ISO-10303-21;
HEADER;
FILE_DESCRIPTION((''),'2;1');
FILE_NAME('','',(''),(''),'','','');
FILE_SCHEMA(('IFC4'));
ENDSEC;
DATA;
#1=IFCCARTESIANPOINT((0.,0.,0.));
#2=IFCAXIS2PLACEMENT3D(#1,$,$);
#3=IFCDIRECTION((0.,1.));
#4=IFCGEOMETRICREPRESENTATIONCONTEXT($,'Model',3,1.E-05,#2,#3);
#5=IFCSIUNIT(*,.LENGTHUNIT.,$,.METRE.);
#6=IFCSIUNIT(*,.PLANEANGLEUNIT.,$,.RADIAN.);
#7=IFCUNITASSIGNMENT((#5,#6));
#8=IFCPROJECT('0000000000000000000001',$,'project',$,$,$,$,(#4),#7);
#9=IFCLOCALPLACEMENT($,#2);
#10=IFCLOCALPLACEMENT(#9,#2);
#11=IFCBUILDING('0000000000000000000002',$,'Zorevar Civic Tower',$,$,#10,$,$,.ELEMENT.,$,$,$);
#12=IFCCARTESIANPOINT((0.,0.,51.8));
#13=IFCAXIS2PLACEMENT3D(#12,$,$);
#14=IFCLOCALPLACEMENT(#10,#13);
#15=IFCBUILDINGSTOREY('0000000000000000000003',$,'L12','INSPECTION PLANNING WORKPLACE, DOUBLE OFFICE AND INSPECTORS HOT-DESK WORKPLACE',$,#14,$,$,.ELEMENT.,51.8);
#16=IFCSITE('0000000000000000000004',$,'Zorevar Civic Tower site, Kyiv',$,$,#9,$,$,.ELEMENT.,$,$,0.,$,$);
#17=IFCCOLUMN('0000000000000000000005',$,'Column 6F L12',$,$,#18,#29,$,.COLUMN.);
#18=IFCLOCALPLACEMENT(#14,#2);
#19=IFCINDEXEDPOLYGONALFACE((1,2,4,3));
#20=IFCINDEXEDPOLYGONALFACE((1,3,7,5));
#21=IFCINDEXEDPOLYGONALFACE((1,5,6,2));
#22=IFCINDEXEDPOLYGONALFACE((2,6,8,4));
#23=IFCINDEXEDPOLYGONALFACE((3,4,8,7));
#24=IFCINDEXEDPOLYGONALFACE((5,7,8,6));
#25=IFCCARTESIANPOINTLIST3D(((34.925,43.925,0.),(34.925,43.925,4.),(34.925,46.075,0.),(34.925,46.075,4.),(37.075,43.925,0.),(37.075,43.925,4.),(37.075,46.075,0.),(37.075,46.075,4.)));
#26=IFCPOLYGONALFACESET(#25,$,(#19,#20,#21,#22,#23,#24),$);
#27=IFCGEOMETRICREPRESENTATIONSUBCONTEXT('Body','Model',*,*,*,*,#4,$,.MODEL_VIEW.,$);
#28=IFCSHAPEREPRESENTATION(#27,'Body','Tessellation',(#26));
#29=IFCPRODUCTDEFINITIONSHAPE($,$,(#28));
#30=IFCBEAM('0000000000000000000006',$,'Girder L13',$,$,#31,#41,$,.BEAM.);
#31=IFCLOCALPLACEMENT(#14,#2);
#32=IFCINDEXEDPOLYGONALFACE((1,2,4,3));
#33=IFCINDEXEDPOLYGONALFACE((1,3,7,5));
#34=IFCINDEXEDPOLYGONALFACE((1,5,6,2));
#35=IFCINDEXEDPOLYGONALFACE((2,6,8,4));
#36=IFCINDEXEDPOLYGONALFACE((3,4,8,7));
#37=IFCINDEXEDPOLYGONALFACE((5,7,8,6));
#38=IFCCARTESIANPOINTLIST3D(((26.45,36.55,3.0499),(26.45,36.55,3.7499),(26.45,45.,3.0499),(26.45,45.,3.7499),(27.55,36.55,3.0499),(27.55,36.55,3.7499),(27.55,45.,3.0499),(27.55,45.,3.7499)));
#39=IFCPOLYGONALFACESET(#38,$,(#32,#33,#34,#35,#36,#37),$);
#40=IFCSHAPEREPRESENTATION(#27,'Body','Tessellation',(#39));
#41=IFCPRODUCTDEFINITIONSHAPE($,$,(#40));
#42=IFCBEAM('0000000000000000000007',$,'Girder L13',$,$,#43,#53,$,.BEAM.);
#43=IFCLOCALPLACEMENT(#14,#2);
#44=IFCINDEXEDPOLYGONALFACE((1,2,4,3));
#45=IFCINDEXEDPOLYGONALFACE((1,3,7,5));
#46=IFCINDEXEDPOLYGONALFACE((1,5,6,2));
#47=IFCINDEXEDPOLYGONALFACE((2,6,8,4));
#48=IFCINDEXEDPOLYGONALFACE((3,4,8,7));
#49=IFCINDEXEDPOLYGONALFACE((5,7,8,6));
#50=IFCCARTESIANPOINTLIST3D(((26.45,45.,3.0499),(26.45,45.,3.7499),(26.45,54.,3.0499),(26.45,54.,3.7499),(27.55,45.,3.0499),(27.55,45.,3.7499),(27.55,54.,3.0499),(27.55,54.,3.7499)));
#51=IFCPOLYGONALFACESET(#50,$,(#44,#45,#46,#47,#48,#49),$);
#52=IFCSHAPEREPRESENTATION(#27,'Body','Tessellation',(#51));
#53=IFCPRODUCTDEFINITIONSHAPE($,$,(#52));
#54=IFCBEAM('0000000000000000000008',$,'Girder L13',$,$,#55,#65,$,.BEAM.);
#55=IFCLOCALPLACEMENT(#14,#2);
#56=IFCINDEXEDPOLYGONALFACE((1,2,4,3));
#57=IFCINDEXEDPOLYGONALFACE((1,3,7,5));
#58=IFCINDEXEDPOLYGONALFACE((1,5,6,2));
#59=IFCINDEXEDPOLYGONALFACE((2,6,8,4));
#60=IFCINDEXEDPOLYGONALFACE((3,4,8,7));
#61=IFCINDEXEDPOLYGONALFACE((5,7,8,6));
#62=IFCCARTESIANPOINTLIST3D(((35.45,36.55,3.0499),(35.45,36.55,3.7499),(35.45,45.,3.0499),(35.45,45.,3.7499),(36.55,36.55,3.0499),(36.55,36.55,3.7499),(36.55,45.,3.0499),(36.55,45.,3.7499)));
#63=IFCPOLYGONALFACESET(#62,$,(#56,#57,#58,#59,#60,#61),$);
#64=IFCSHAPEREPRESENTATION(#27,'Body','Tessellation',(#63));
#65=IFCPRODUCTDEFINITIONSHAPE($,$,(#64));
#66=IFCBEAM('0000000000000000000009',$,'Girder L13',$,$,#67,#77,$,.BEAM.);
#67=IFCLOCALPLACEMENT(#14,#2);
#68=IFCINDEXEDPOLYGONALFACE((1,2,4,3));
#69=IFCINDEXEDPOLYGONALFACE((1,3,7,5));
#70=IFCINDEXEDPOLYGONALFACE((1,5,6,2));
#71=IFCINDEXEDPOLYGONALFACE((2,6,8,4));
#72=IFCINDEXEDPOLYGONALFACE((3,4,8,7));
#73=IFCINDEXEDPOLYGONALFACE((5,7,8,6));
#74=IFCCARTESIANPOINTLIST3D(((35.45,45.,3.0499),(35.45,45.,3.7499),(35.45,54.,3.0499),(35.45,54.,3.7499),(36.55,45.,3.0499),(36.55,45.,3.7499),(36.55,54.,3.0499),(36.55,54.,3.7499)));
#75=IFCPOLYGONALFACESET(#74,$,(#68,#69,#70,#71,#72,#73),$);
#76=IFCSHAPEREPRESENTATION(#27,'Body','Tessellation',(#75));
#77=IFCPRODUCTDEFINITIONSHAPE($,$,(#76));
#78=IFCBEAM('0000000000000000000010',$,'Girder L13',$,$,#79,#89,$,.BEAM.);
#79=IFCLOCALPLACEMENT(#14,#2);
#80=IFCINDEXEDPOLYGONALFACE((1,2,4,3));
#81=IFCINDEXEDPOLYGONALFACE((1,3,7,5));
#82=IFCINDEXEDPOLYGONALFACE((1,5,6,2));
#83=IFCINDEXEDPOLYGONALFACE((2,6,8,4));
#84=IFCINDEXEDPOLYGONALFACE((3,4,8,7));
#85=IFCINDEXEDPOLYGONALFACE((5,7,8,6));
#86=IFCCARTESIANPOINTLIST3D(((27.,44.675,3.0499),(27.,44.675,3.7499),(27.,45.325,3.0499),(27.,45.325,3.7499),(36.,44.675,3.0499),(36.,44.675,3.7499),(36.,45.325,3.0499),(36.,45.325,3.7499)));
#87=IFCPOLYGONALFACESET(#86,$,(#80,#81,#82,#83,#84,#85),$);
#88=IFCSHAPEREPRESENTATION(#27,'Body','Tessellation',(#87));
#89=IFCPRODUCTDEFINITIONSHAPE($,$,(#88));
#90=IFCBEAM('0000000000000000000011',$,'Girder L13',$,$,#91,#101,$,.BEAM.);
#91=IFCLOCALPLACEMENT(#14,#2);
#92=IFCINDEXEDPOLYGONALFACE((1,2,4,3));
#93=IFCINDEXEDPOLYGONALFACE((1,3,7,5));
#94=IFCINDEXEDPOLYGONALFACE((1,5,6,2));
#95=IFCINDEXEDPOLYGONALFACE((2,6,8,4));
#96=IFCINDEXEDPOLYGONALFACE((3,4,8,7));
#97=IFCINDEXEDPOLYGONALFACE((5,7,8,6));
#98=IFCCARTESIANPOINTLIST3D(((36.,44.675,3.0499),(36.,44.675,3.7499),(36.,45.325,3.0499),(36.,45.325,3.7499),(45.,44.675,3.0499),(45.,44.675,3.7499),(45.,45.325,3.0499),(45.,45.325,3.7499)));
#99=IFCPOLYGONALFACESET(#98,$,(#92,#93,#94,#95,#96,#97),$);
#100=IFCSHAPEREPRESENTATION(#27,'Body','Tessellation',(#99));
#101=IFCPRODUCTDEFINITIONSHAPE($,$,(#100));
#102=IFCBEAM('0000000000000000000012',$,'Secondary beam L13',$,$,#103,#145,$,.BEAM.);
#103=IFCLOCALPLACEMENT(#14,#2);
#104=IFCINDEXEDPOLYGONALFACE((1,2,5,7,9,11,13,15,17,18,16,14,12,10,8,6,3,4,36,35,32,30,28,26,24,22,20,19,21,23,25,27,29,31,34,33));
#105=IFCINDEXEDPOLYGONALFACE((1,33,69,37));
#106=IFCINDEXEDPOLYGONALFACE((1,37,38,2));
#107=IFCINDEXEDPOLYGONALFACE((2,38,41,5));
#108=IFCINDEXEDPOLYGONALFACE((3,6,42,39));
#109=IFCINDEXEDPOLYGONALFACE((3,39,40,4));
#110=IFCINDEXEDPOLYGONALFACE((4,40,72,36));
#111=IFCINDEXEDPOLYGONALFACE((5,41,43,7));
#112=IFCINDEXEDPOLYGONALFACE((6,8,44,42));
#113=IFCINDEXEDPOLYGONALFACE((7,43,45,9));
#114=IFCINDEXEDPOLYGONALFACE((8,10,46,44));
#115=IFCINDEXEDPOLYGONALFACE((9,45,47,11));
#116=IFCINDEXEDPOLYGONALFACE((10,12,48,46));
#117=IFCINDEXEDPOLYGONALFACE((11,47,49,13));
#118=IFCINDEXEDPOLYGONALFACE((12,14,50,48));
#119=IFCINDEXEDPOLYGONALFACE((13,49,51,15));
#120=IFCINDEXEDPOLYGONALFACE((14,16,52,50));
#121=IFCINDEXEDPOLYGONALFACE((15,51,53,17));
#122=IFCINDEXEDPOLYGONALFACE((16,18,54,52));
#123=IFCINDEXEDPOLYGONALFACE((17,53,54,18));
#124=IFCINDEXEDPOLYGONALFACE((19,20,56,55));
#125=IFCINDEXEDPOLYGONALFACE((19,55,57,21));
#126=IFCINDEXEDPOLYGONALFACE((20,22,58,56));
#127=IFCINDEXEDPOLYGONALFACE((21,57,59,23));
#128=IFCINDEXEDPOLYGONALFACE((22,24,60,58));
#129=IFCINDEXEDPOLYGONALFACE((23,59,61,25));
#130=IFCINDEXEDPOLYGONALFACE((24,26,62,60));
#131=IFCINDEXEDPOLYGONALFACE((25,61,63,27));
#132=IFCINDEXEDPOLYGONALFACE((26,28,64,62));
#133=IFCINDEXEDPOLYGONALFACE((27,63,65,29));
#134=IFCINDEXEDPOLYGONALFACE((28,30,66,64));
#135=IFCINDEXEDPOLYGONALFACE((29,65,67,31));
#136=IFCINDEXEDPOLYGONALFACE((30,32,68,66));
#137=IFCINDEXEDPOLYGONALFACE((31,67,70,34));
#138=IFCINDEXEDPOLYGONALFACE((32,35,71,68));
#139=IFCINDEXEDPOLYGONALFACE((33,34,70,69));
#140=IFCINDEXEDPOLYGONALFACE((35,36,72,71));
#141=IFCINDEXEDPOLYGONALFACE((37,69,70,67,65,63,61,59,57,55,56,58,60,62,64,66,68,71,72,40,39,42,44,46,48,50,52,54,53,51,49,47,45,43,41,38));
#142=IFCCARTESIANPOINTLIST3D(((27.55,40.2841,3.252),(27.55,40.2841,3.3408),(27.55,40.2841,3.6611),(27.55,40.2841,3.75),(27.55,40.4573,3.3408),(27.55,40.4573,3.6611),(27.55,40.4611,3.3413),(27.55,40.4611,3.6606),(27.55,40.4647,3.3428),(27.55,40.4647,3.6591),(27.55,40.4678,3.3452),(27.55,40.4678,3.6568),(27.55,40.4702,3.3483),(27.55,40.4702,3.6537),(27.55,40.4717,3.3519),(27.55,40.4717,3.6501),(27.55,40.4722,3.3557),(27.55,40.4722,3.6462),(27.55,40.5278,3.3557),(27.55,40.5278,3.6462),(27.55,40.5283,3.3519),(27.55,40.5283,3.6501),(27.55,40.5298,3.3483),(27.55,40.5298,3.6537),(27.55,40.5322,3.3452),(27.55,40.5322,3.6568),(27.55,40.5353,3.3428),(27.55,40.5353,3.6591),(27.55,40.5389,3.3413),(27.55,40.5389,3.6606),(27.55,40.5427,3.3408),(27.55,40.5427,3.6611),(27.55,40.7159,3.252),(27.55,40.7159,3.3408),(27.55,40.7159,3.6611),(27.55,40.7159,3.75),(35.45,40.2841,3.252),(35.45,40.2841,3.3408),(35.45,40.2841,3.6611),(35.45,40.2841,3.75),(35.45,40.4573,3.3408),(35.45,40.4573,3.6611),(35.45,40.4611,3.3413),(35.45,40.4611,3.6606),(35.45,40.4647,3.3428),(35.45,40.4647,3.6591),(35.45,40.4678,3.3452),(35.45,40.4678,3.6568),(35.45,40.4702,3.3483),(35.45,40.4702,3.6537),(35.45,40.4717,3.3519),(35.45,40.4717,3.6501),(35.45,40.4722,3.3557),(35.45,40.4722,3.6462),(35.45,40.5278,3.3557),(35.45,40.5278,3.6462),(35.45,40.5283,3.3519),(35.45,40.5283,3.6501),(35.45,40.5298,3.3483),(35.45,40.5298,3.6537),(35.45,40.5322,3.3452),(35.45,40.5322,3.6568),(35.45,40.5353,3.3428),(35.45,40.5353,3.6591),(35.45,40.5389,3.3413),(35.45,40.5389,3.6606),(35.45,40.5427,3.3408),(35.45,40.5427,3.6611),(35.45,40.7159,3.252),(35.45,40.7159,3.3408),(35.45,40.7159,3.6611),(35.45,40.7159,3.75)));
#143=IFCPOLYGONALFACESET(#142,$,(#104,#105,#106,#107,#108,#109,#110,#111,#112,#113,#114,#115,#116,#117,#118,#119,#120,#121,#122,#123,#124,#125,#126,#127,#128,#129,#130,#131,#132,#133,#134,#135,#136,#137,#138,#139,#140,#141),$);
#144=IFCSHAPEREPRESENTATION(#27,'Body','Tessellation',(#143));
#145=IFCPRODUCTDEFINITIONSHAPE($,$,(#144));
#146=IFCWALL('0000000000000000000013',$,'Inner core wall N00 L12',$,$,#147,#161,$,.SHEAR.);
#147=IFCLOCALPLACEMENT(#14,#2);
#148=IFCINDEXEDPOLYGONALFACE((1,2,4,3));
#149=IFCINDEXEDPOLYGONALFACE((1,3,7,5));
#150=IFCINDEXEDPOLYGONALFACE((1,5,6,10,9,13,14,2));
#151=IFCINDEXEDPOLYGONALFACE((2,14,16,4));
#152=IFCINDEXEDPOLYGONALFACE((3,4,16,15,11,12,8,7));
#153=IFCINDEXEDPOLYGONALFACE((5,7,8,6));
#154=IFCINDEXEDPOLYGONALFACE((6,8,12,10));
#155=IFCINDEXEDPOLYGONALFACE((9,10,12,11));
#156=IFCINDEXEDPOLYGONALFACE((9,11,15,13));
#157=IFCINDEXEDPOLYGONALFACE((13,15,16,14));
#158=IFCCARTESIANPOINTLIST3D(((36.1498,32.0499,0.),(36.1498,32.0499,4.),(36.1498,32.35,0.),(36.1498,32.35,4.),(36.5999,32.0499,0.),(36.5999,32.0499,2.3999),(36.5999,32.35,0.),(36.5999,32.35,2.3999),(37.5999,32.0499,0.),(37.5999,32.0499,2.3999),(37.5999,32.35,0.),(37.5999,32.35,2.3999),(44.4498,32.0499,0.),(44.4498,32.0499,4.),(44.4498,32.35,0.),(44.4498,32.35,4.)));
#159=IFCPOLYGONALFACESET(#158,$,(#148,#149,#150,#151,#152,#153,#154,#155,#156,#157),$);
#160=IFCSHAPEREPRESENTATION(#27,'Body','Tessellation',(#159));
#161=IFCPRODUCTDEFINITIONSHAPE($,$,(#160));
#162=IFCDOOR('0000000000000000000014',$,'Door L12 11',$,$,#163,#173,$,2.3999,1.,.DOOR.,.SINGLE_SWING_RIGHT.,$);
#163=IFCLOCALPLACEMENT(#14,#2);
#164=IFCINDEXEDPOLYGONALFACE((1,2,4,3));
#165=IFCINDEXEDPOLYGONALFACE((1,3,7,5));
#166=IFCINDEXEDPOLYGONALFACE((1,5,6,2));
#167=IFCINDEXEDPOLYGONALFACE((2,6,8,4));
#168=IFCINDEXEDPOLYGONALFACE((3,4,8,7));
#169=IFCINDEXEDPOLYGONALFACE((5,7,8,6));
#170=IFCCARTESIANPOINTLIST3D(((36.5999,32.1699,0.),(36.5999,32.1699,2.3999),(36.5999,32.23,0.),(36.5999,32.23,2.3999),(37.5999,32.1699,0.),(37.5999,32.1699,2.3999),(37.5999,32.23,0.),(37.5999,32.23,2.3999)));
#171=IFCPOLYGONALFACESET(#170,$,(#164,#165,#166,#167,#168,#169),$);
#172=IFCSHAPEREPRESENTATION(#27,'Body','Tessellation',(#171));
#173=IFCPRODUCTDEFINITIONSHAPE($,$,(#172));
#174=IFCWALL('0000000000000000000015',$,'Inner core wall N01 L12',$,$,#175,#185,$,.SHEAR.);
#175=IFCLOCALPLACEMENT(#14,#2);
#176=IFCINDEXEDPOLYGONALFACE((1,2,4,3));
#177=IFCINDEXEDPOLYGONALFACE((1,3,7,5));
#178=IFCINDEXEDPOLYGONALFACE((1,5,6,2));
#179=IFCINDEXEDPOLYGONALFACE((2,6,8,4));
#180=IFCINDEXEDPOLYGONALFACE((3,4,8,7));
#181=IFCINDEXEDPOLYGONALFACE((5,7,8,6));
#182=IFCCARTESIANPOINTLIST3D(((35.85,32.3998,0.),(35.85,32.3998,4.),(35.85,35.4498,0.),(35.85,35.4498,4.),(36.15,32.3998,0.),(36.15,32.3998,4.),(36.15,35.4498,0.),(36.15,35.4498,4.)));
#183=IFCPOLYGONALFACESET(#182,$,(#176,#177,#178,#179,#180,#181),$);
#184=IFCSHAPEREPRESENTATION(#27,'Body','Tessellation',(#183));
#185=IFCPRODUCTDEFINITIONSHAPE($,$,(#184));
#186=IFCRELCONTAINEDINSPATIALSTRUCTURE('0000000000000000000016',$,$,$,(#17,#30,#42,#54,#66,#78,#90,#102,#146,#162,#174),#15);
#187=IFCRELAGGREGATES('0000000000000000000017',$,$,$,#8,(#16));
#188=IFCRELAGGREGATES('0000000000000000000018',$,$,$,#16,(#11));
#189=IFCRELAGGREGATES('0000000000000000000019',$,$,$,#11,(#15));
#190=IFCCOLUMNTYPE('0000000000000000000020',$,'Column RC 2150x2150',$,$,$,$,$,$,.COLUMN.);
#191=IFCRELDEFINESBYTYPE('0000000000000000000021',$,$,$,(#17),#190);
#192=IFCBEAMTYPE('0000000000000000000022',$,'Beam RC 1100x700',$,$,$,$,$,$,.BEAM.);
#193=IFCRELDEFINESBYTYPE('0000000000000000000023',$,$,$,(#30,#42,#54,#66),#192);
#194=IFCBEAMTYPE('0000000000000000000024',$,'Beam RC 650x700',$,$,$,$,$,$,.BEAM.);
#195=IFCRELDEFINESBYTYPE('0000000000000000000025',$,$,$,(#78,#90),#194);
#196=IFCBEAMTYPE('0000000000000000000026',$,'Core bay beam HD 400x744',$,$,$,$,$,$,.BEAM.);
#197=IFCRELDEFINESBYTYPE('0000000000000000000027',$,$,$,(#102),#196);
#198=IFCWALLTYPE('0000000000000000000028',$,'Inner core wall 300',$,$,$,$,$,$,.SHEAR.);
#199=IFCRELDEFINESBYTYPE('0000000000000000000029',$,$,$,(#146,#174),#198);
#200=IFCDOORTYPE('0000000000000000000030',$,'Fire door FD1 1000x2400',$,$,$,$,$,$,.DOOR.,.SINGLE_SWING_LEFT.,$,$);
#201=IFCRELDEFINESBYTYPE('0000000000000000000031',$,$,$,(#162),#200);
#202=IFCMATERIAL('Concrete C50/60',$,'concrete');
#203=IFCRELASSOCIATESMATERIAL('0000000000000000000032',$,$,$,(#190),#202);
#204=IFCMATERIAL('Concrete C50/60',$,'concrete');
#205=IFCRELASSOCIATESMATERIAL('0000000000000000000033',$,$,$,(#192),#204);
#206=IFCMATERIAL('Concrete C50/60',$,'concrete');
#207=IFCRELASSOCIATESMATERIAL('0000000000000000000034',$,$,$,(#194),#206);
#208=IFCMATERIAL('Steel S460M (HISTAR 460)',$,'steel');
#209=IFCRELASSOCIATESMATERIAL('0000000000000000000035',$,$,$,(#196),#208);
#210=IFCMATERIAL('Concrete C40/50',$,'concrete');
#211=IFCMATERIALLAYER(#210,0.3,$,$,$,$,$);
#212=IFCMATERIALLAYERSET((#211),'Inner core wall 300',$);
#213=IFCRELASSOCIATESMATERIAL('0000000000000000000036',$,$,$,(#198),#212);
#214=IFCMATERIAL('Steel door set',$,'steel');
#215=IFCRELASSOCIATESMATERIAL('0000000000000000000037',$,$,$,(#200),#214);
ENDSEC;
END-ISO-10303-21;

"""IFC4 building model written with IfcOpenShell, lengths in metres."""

from ifc_helpers import new_model, si_unit, direction, frame, frame_2d, origin, origin_2d, place, context, subcontext, project, spatial, rectangle, i_section, extrude, material, layer, layer_set, material_profile, profile_set, type_object, element, fill, save


model = new_model("IFC4")

# Units and contexts
model_context = context("Model", 3, precision=1e-05, world=origin(), true_north=direction((0.0, 1.0)))
body_context = subcontext(model_context, "Body", "Model", "MODEL_VIEW")
ifc_project = project(units=[si_unit("LENGTHUNIT", "METRE"), si_unit("PLANEANGLEUNIT", "RADIAN")], contexts=[model_context])

# Site, building, storey
site_placement = place(None, origin())
site = spatial("IfcSite", under=ifc_project, at=site_placement, Name="Zorevar Civic Tower site, Kyiv", CompositionType="ELEMENT", RefElevation=0.0)
building_placement = place(site_placement, origin())
building = spatial("IfcBuilding", under=site, at=building_placement, Name="Zorevar Civic Tower", CompositionType="ELEMENT")
storey_placement = place(building_placement, frame((0.0, 0.0, 51.8)))
storey = spatial("IfcBuildingStorey", under=building, at=storey_placement, Name="L12", Description="INSPECTION PLANNING WORKPLACE, DOUBLE OFFICE AND INSPECTORS HOT-DESK WORKPLACE", CompositionType="ELEMENT", Elevation=51.8)

# Column
ifc_material_1 = material(Name="Concrete C50/60", Category="concrete")
ifc_material_profile_1 = material_profile(ifc_material_1, rectangle(XDim=2.1499, YDim=2.1499, at=origin_2d()), Name="RC 2150x2150")
ifc_profile_set_1 = profile_set([ifc_material_profile_1], Name="Concrete C50/60")
column_type = type_object("IfcColumnType", Name="Column RC 2150x2150", PredefinedType="COLUMN", material=ifc_profile_set_1)
column_placement = place(storey_placement, frame((36.0, 45.0, 0.0), z_axis=(0.0, 0.0, 1.0), x_axis=(1.0, 0.0, 0.0)))
element("IfcColumn", 1, at=column_placement, inside=storey, type_object=column_type, Name="Column 6F L12", PredefinedType="COLUMN", context=body_context, shape_type="SweptSolid", body=[
    extrude(rectangle(XDim=2.1499, YDim=2.1499, at=origin_2d()), origin(), (0.0, 0.0, 1.0), 4.0),
])

# Beams
ifc_material_2 = material(Name="Concrete C50/60", Category="concrete")
ifc_material_profile_2 = material_profile(ifc_material_2, rectangle(XDim=1.1001, YDim=0.7, at=origin_2d()), Name="RC 1100x700")
ifc_profile_set_2 = profile_set([ifc_material_profile_2], Name="Concrete C50/60")
beam_type_1 = type_object("IfcBeamType", Name="Beam RC 1100x700", PredefinedType="BEAM", material=ifc_profile_set_2)
beam_1_placement = place(storey_placement, frame((27.0, 36.55, 3.3999), z_axis=(0.0, 1.0, 0.0), x_axis=(-1.0, 0.0, 0.0)))
element("IfcBeam", 2, at=beam_1_placement, inside=storey, type_object=beam_type_1, Name="Girder L13", PredefinedType="BEAM", context=body_context, shape_type="SweptSolid", body=[
    extrude(rectangle(XDim=1.1001, YDim=0.7, at=origin_2d()), origin(), (0.0, 0.0, 1.0), 8.45),
])
beam_2_placement = place(storey_placement, frame((27.0, 45.0, 3.3999), z_axis=(0.0, 1.0, 0.0), x_axis=(-1.0, 0.0, 0.0)))
element("IfcBeam", 3, at=beam_2_placement, inside=storey, type_object=beam_type_1, Name="Girder L13", PredefinedType="BEAM", context=body_context, shape_type="SweptSolid", body=[
    extrude(rectangle(XDim=1.1001, YDim=0.7, at=origin_2d()), origin(), (0.0, 0.0, 1.0), 9.0),
])
beam_3_placement = place(storey_placement, frame((36.0, 36.55, 3.3999), z_axis=(0.0, 1.0, 0.0), x_axis=(-1.0, 0.0, 0.0)))
element("IfcBeam", 4, at=beam_3_placement, inside=storey, type_object=beam_type_1, Name="Girder L13", PredefinedType="BEAM", context=body_context, shape_type="SweptSolid", body=[
    extrude(rectangle(XDim=1.1001, YDim=0.7, at=origin_2d()), origin(), (0.0, 0.0, 1.0), 8.45),
])
beam_4_placement = place(storey_placement, frame((36.0, 45.0, 3.3999), z_axis=(0.0, 1.0, 0.0), x_axis=(-1.0, 0.0, 0.0)))
element("IfcBeam", 5, at=beam_4_placement, inside=storey, type_object=beam_type_1, Name="Girder L13", PredefinedType="BEAM", context=body_context, shape_type="SweptSolid", body=[
    extrude(rectangle(XDim=1.1001, YDim=0.7, at=origin_2d()), origin(), (0.0, 0.0, 1.0), 9.0),
])
ifc_material_3 = material(Name="Concrete C50/60", Category="concrete")
ifc_material_profile_3 = material_profile(ifc_material_3, rectangle(XDim=0.6499, YDim=0.7, at=origin_2d()), Name="RC 650x700")
ifc_profile_set_3 = profile_set([ifc_material_profile_3], Name="Concrete C50/60")
beam_type_2 = type_object("IfcBeamType", Name="Beam RC 650x700", PredefinedType="BEAM", material=ifc_profile_set_3)
for number, where, z_axis, x_axis, name in (
    (6, (27.0, 45.0, 3.3999), (1.0, 0.0, 0.0), (0.0, 1.0, 0.0), "Girder L13"),
    (7, (36.0, 45.0, 3.3999), (1.0, 0.0, 0.0), (0.0, 1.0, 0.0), "Girder L13"),
):
    element("IfcBeam", number, at=place(storey_placement, frame(where, z_axis=z_axis, x_axis=x_axis)), inside=storey, type_object=beam_type_2, Name=name, PredefinedType="BEAM", context=body_context, shape_type="SweptSolid", body=[
        extrude(rectangle(XDim=0.6499, YDim=0.7, at=origin_2d()), origin(), (0.0, 0.0, 1.0), 9.0),
    ])
ifc_material_4 = material(Name="Steel S460M (HISTAR 460)", Category="steel")
ifc_material_profile_4 = material_profile(ifc_material_4, i_section(OverallWidth=0.4319, OverallDepth=0.498, WebThickness=0.0557, FlangeThickness=0.0889, FilletRadius=0.0149, at=origin_2d()), Name="HD 400x744")
ifc_profile_set_4 = profile_set([ifc_material_profile_4], Name="Steel S460M (HISTAR 460)")
beam_type_3 = type_object("IfcBeamType", Name="Core bay beam HD 400x744", PredefinedType="BEAM", material=ifc_profile_set_4)
beam_5_placement = place(storey_placement, frame((27.55, 40.5, 3.501), z_axis=(1.0, 0.0, 0.0), x_axis=(0.0, 1.0, 0.0)))
element("IfcBeam", 8, at=beam_5_placement, inside=storey, type_object=beam_type_3, Name="Secondary beam L13", PredefinedType="BEAM", context=body_context, shape_type="SweptSolid", body=[
    extrude(i_section(OverallWidth=0.4319, OverallDepth=0.498, WebThickness=0.0557, FlangeThickness=0.0889, FilletRadius=0.0149, at=origin_2d()), origin(), (0.0, 0.0, 1.0), 7.8999),
])

# Wall, opening, door
ifc_material_5 = material(Name="Concrete C40/50", Category="concrete")
ifc_layer_1 = layer(ifc_material_5, 0.3)
ifc_layer_set_1 = layer_set([ifc_layer_1], Name="Inner core wall 300")
wall_type_1 = type_object("IfcWallType", Name="Inner core wall 300", PredefinedType="SHEAR", material=ifc_layer_set_1)
wall_1_placement = place(storey_placement, frame((36.1499, 32.2, 0.0), z_axis=(0.0, 0.0, 1.0), x_axis=(1.0, 0.0, 0.0)))
wall_1 = element("IfcWall", 9, at=wall_1_placement, inside=storey, type_object=wall_type_1, Name="Inner core wall N00 L12", PredefinedType="SHEAR", context=body_context, shape_type="SweptSolid", body=[
    extrude(rectangle(XDim=8.3, YDim=0.3, at=frame_2d((4.1499, 0.0))), origin(), (0.0, 0.0, 1.0), 4.0),
])
opening_placement = place(wall_1_placement, frame((0.45, 0.0, 0.0)))
opening = element("IfcOpeningElement", 10, at=opening_placement, cuts=wall_1, PredefinedType="OPENING", context=body_context, shape_type="SweptSolid", body=[
    extrude(rectangle(XDim=1.0, YDim=2.3999, at=frame_2d((0.5, 1.2))), frame((0.0, 0.1599, 0.0), z_axis=(0.0, -1.0, 0.0), x_axis=(1.0, 0.0, 0.0)), (0.0, 0.0, 1.0), 0.3201),
])
ifc_material_6 = material(Name="Steel door set", Category="steel")
door_type = type_object("IfcDoorType", Name="Fire door FD1 1000x2400", OperationType="SINGLE_SWING_LEFT", PredefinedType="DOOR", material=ifc_material_6)
door_placement = place(opening_placement, origin())
door = element("IfcDoor", 11, at=door_placement, inside=storey, type_object=door_type, Name="Door L12 11", OperationType="SINGLE_SWING_RIGHT", OverallHeight=2.3999, OverallWidth=1.0, PredefinedType="DOOR", context=body_context, shape_type="SweptSolid", body=[
    extrude(rectangle(XDim=1.0, YDim=2.3999, at=frame_2d((0.5, 1.2))), frame((0.0, 0.03, 0.0), z_axis=(0.0, -1.0, 0.0), x_axis=(1.0, 0.0, 0.0)), (0.0, 0.0, 1.0), 0.0601),
])
fill(opening, door)

# Wall
wall_2_placement = place(storey_placement, frame((36.0, 32.3999, 0.0), z_axis=(0.0, 0.0, 1.0), x_axis=(0.0, 1.0, 0.0)))
element("IfcWall", 12, at=wall_2_placement, inside=storey, type_object=wall_type_1, Name="Inner core wall N01 L12", PredefinedType="SHEAR", context=body_context, shape_type="SweptSolid", body=[
    extrude(rectangle(XDim=3.05, YDim=0.3, at=frame_2d((1.5249, 0.0))), origin(), (0.0, 0.0, 1.0), 4.0),
])

save(model, "model.ifc")
